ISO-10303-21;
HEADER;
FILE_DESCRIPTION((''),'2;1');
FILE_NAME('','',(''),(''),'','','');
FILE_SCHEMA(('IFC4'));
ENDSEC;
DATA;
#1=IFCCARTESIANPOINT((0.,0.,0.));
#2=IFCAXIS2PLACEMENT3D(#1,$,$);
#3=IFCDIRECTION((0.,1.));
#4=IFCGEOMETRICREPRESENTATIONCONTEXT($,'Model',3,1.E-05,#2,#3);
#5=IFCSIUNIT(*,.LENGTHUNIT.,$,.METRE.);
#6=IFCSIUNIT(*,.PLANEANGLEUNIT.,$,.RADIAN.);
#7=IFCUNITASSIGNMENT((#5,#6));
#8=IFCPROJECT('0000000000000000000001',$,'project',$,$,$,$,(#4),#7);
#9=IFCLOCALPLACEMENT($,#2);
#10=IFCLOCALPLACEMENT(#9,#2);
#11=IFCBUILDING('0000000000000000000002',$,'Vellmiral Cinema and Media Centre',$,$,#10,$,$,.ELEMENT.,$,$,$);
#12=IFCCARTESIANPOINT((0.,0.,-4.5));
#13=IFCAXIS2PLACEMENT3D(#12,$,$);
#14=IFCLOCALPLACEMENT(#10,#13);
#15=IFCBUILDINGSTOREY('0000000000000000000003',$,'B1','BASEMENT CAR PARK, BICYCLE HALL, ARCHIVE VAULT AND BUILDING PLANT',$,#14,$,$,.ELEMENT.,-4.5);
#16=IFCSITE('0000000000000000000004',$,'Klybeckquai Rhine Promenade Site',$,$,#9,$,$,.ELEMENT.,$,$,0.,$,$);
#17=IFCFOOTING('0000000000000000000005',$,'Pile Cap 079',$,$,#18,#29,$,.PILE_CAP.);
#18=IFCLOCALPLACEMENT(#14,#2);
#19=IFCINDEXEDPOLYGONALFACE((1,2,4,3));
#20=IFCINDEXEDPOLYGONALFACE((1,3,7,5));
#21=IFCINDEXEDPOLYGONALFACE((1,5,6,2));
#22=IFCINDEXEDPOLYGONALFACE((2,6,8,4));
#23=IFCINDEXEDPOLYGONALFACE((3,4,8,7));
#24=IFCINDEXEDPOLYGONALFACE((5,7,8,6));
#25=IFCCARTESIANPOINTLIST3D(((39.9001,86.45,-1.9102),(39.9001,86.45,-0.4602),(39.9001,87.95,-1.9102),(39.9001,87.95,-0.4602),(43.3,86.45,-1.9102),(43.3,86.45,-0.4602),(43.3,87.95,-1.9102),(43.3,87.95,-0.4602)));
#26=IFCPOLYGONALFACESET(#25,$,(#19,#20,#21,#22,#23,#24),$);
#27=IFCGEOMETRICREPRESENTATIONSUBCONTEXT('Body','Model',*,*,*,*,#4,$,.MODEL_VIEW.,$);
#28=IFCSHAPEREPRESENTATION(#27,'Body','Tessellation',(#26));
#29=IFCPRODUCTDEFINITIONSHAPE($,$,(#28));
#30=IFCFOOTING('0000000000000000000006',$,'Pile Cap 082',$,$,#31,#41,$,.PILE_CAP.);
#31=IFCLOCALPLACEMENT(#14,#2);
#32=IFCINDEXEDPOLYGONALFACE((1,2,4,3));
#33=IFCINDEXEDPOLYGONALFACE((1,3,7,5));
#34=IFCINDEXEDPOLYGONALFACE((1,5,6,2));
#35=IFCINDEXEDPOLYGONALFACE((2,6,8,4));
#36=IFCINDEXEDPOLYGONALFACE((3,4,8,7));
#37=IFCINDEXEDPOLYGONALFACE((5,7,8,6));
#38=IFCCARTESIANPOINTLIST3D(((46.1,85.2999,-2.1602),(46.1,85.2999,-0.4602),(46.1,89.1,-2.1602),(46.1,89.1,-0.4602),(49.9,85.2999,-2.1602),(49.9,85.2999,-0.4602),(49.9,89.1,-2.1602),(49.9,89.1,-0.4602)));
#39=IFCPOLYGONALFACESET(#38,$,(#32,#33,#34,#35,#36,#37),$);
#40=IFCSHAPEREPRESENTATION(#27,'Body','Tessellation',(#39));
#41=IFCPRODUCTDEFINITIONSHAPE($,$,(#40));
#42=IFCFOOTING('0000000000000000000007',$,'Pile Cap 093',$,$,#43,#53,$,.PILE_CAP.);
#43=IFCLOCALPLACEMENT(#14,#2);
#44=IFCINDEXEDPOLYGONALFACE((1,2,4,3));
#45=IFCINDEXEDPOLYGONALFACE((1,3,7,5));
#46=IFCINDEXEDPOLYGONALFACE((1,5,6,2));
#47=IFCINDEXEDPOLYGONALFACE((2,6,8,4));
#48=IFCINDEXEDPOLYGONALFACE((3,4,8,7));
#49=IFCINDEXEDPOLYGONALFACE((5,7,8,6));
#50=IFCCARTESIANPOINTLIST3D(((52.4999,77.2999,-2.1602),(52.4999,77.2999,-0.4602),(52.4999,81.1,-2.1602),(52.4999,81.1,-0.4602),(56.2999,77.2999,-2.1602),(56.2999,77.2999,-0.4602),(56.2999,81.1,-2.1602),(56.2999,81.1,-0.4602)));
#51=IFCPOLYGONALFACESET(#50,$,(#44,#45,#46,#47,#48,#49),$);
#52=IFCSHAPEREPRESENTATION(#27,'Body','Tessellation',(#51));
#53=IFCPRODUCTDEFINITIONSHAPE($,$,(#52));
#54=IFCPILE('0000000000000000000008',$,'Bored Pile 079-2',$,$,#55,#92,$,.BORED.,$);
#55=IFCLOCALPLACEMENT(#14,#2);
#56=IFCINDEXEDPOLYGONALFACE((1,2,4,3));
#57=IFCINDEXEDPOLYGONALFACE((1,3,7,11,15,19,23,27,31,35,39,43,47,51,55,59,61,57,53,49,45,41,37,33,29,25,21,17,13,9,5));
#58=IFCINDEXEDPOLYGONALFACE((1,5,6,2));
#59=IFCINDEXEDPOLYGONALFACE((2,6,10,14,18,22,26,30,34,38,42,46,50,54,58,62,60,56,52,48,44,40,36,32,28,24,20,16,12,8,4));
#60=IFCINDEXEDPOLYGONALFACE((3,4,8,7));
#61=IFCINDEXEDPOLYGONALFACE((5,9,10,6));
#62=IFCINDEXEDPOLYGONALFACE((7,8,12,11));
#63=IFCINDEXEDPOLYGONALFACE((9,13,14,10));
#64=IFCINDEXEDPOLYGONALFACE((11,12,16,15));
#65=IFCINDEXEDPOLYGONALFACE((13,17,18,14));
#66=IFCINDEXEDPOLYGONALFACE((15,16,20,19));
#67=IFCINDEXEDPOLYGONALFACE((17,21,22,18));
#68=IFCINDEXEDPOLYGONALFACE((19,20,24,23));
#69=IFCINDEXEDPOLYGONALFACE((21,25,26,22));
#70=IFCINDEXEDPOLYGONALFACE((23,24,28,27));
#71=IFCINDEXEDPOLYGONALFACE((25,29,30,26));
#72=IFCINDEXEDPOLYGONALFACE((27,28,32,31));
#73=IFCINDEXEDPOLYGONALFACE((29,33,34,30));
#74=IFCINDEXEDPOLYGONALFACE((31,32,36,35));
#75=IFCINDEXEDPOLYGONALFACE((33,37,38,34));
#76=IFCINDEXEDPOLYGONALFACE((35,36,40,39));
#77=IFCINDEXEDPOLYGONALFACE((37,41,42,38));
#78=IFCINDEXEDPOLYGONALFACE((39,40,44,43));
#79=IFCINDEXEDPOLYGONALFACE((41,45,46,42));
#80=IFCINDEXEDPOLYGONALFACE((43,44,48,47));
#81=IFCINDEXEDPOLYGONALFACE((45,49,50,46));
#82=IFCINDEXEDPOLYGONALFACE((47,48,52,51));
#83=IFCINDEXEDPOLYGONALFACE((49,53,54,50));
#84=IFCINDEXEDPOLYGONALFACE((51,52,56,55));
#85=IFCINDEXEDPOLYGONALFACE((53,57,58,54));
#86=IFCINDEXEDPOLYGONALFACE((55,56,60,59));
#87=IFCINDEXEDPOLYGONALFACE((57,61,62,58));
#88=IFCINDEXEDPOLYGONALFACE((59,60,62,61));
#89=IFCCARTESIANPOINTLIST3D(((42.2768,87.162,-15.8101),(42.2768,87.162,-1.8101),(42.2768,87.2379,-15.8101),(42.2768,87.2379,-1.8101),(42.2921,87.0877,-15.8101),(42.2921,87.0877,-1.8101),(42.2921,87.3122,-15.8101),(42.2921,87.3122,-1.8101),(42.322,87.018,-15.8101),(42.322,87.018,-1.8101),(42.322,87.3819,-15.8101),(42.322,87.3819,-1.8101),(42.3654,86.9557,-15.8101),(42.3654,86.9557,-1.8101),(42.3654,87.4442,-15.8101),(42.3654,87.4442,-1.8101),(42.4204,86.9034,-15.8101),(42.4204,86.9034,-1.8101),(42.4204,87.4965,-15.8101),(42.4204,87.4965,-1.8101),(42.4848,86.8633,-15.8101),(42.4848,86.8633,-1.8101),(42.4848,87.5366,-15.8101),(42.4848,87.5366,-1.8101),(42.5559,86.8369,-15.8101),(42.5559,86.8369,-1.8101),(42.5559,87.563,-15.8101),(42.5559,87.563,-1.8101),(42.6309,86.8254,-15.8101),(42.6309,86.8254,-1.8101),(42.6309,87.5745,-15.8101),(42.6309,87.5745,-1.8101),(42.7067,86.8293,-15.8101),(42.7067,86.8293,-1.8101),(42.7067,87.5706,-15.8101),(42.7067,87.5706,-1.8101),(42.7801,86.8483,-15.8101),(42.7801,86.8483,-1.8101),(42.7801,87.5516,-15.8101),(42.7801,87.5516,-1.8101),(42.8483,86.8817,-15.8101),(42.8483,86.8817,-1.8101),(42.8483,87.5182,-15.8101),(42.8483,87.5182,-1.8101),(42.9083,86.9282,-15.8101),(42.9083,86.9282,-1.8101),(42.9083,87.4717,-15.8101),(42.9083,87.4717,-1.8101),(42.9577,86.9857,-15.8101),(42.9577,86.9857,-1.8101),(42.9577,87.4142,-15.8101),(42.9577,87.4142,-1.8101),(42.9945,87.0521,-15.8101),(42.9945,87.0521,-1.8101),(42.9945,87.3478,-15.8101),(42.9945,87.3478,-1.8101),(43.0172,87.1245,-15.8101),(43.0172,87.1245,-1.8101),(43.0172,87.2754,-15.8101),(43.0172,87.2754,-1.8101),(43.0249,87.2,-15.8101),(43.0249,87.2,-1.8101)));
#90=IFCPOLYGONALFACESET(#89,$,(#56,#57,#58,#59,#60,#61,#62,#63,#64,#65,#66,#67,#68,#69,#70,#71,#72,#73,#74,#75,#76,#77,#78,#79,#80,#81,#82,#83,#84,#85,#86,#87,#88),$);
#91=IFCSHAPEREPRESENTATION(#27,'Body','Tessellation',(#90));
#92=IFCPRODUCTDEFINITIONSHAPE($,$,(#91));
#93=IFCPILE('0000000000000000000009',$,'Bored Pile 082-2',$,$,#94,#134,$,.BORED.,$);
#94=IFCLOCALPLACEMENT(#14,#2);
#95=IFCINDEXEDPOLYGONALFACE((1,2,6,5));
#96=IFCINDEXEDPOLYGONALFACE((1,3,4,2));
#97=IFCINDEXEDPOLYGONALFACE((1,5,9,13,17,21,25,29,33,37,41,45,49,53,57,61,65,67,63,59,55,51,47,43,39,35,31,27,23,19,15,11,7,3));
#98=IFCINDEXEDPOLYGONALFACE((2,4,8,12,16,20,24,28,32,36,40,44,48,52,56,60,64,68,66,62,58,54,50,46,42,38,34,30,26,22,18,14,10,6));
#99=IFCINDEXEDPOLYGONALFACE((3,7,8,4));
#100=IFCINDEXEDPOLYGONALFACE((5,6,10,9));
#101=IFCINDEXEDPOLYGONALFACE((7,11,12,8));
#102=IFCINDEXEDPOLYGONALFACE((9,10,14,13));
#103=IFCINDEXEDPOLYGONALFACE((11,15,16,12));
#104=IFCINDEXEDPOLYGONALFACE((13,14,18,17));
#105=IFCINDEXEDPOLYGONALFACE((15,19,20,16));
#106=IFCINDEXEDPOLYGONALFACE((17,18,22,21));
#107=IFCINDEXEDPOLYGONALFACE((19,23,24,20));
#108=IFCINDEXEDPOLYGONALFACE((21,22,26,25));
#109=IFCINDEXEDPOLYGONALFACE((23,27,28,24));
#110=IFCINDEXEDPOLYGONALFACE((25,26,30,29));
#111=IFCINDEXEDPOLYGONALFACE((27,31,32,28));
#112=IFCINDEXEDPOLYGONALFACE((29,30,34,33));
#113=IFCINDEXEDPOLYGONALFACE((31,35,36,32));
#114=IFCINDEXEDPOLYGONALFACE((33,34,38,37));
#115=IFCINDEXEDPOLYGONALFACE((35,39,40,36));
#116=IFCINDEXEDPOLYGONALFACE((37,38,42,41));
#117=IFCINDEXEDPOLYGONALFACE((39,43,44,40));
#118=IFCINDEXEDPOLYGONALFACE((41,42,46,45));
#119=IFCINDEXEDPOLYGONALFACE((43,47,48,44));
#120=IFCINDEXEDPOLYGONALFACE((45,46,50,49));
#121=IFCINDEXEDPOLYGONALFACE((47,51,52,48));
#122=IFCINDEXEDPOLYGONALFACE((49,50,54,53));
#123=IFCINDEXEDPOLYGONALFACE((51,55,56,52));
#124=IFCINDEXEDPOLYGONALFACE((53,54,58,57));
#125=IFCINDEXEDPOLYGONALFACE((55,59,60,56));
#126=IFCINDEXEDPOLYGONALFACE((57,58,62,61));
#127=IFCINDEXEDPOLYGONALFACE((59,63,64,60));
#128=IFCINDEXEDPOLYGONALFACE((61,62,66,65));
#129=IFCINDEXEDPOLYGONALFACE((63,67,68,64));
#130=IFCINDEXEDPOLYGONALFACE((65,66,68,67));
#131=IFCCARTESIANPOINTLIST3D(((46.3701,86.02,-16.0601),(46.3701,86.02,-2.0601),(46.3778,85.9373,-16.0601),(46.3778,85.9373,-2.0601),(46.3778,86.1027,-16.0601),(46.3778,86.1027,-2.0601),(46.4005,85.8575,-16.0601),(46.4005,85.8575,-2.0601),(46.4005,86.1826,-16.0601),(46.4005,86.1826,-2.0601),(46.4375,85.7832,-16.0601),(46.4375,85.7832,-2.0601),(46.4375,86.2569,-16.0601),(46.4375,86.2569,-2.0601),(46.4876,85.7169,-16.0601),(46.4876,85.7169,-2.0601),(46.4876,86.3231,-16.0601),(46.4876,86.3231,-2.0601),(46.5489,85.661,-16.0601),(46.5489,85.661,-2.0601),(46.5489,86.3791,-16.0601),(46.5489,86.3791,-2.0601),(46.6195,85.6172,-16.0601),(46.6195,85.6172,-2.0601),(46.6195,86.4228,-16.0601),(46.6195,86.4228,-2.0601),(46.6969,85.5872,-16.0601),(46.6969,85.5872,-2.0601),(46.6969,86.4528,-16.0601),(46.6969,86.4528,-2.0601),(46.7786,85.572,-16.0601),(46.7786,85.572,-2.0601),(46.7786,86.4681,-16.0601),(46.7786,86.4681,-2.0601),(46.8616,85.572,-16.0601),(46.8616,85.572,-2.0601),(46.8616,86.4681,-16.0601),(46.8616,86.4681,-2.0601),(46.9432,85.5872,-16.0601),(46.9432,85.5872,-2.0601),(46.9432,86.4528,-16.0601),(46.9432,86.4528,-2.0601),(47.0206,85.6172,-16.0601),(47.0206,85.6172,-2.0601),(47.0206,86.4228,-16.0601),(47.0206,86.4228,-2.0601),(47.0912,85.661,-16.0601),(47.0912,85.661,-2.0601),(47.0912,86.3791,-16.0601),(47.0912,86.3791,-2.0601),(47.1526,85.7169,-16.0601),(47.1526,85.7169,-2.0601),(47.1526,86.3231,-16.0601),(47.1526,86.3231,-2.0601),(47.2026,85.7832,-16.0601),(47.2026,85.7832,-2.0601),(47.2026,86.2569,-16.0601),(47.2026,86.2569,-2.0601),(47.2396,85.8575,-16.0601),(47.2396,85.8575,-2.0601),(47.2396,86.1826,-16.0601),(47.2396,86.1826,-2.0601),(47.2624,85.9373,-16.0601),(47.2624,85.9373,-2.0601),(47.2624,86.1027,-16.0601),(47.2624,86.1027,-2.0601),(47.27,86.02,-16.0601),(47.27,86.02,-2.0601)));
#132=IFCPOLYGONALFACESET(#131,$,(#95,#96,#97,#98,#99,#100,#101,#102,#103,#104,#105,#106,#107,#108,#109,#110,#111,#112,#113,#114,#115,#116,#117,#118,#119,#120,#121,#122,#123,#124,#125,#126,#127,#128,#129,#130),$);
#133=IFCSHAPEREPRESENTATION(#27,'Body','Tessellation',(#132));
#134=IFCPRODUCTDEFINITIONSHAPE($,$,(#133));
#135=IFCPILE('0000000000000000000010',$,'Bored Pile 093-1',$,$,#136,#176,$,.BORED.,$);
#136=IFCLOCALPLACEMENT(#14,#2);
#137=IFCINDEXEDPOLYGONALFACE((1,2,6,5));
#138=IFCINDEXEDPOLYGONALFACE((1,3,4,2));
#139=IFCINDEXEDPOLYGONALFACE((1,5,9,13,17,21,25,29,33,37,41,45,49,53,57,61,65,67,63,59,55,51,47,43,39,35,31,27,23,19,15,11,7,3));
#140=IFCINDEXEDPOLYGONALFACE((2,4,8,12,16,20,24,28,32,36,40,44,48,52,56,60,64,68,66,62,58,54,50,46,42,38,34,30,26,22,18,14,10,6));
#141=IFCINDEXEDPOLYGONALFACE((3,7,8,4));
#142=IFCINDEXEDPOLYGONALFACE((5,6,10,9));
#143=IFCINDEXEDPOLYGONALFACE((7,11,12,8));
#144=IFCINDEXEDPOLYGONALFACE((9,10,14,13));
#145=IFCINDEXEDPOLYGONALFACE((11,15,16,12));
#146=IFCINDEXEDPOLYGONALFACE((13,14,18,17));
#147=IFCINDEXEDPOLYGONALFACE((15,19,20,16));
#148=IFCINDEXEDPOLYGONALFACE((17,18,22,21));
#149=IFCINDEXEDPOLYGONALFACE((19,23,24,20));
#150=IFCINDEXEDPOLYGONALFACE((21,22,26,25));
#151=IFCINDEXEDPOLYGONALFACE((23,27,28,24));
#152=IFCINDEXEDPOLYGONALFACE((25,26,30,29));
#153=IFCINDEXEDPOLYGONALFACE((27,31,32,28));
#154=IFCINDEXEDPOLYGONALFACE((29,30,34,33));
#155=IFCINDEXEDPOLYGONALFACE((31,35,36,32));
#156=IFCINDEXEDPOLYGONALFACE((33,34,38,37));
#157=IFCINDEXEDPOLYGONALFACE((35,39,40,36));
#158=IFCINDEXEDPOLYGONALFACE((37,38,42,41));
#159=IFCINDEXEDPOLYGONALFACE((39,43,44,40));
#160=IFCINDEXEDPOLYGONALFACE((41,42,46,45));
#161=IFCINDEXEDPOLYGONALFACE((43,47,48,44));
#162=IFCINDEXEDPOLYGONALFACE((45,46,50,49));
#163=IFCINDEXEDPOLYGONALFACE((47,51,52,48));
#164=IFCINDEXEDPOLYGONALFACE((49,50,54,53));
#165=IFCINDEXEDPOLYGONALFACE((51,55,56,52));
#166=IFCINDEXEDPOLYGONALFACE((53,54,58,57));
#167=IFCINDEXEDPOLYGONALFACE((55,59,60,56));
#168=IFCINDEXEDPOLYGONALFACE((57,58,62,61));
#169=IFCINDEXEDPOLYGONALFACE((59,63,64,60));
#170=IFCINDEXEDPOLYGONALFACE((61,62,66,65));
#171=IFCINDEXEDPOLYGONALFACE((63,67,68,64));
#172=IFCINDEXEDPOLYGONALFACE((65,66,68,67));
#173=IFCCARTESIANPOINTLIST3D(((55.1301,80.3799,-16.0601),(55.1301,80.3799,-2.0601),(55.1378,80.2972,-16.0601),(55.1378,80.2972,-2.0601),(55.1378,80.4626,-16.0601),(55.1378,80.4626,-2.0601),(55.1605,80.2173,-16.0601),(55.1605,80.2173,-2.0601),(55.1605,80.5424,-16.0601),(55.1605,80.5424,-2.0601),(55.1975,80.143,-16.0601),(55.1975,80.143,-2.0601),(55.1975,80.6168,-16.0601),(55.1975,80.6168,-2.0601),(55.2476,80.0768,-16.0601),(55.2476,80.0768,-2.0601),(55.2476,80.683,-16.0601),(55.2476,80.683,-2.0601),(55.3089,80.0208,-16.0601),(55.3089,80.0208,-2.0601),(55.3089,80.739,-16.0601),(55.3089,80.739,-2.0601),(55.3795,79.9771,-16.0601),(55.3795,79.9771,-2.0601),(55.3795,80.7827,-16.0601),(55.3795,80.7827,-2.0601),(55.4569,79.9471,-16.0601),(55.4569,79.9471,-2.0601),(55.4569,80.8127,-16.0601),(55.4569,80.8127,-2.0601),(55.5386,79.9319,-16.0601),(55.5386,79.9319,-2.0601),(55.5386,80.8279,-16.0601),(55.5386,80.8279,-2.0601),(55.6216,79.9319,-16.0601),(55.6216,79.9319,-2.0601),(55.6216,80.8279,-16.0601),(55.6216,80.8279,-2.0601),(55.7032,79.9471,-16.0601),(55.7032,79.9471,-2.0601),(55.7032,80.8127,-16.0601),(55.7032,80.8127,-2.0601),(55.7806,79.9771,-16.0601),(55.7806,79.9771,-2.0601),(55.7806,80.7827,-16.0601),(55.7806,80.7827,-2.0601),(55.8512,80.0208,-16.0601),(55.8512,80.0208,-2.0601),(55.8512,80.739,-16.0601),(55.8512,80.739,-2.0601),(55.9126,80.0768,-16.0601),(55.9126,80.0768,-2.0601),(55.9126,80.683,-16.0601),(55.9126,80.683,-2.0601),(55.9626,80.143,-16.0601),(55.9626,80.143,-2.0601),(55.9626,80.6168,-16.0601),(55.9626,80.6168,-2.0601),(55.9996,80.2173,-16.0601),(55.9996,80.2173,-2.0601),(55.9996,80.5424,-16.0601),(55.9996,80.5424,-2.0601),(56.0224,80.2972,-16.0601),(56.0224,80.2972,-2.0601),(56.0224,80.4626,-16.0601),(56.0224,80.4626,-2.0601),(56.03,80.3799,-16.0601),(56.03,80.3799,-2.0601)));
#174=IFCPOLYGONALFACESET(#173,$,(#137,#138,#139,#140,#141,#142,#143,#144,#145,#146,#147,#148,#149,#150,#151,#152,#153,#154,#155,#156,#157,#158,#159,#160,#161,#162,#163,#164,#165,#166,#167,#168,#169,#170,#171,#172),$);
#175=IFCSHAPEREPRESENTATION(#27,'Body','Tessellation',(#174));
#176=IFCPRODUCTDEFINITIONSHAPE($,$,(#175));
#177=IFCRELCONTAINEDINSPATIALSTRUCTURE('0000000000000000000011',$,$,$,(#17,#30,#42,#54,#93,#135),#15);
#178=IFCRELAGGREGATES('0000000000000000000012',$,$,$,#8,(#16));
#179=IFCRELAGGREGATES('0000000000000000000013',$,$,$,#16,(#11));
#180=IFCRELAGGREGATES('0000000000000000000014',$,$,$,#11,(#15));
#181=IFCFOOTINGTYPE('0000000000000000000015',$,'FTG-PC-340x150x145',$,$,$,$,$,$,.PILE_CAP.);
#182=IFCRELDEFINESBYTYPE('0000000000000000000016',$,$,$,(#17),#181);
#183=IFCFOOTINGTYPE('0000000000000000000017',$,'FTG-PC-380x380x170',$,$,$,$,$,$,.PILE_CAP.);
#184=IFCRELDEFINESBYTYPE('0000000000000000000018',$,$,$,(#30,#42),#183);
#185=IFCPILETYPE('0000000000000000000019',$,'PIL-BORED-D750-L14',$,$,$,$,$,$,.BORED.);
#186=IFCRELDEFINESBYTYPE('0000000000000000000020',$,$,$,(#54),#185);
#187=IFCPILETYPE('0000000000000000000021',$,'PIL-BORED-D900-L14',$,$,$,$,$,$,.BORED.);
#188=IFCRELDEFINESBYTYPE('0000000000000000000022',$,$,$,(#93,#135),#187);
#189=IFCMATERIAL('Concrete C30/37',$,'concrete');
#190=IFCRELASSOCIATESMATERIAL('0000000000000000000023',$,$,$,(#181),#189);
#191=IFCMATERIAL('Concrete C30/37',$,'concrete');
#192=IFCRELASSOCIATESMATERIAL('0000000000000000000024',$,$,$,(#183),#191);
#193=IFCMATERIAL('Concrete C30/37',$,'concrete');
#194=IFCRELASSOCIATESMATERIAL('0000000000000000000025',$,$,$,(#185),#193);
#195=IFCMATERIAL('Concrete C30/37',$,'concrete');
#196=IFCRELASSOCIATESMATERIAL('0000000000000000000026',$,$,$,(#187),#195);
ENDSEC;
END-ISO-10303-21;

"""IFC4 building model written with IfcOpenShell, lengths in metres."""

from ifc_helpers import new_model, si_unit, direction, frame, origin, origin_2d, place, context, subcontext, project, spatial, rectangle, circle, extrude, material, material_profile, profile_set, type_object, element, save


model = new_model("IFC4")

# Units and contexts
model_context = context("Model", 3, precision=1e-05, world=origin(), true_north=direction((0.0, 1.0)))
body_context = subcontext(model_context, "Body", "Model", "MODEL_VIEW")
ifc_project = project(units=[si_unit("LENGTHUNIT", "METRE"), si_unit("PLANEANGLEUNIT", "RADIAN")], contexts=[model_context])

# Site, building, storey
site_placement = place(None, origin())
site = spatial("IfcSite", under=ifc_project, at=site_placement, Name="Klybeckquai Rhine Promenade Site", CompositionType="ELEMENT", RefElevation=0.0)
building_placement = place(site_placement, origin())
building = spatial("IfcBuilding", under=site, at=building_placement, Name="Vellmiral Cinema and Media Centre", CompositionType="ELEMENT")
storey_placement = place(building_placement, frame((0.0, 0.0, -4.5)))
storey = spatial("IfcBuildingStorey", under=building, at=storey_placement, Name="B1", Description="BASEMENT CAR PARK, BICYCLE HALL, ARCHIVE VAULT AND BUILDING PLANT", CompositionType="ELEMENT", Elevation=-4.5)

# Footings
ifc_material_1 = material(Name="Concrete C30/37", Category="concrete")
footing_type_1 = type_object("IfcFootingType", Name="FTG-PC-340x150x145", PredefinedType="PILE_CAP", material=ifc_material_1)
footing_placement = place(storey_placement, frame((41.6001, 87.2, -1.9102), z_axis=(0.0, 0.0, 1.0), x_axis=(1.0, 0.0, 0.0)))
element("IfcFooting", 1, at=footing_placement, inside=storey, type_object=footing_type_1, Name="Pile Cap 079", PredefinedType="PILE_CAP", context=body_context, shape_type="SweptSolid", body=[
    extrude(rectangle(XDim=3.3999, YDim=1.5, at=origin_2d()), origin(), (0.0, 0.0, 1.0), 1.45),
])
ifc_material_2 = material(Name="Concrete C30/37", Category="concrete")
footing_type_2 = type_object("IfcFootingType", Name="FTG-PC-380x380x170", PredefinedType="PILE_CAP", material=ifc_material_2)
for number, where, z_axis, x_axis, name in (
    (2, (48.0, 87.2, -2.1602), (0.0, 0.0, 1.0), (1.0, 0.0, 0.0), "Pile Cap 082"),
    (3, (54.3999, 79.2, -2.1602), (0.0, 0.0, 1.0), (1.0, 0.0, 0.0), "Pile Cap 093"),
):
    element("IfcFooting", number, at=place(storey_placement, frame(where, z_axis=z_axis, x_axis=x_axis)), inside=storey, type_object=footing_type_2, Name=name, PredefinedType="PILE_CAP", context=body_context, shape_type="SweptSolid", body=[
        extrude(rectangle(XDim=3.8, YDim=3.8, at=origin_2d()), origin(), (0.0, 0.0, 1.0), 1.7),
    ])

# Piles
ifc_material_3 = material(Name="Concrete C30/37", Category="concrete")
ifc_material_profile_1 = material_profile(ifc_material_3, circle(Radius=0.375, at=origin_2d()), Name="PILE D750")
ifc_profile_set_1 = profile_set([ifc_material_profile_1], Name="Concrete C30/37")
pile_type_1 = type_object("IfcPileType", Name="PIL-BORED-D750-L14", PredefinedType="BORED", material=ifc_profile_set_1)
pile_placement = place(storey_placement, frame((42.6499, 87.2, -1.8101), z_axis=(0.0, 0.0, -1.0), x_axis=(1.0, 0.0, 0.0)))
element("IfcPile", 4, at=pile_placement, inside=storey, type_object=pile_type_1, Name="Bored Pile 079-2", PredefinedType="BORED", context=body_context, shape_type="SweptSolid", body=[
    extrude(circle(Radius=0.375, at=origin_2d()), origin(), (0.0, 0.0, 1.0), 14.0),
])
ifc_material_4 = material(Name="Concrete C30/37", Category="concrete")
ifc_material_profile_2 = material_profile(ifc_material_4, circle(Radius=0.45, at=origin_2d()), Name="PILE D900")
ifc_profile_set_2 = profile_set([ifc_material_profile_2], Name="Concrete C30/37")
pile_type_2 = type_object("IfcPileType", Name="PIL-BORED-D900-L14", PredefinedType="BORED", material=ifc_profile_set_2)
for number, where, z_axis, x_axis, name in (
    (5, (46.8201, 86.02, -2.0601), (0.0, 0.0, -1.0), (1.0, 0.0, 0.0), "Bored Pile 082-2"),
    (6, (55.5801, 80.3799, -2.0601), (0.0, 0.0, -1.0), (1.0, 0.0, 0.0), "Bored Pile 093-1"),
):
    element("IfcPile", number, at=place(storey_placement, frame(where, z_axis=z_axis, x_axis=x_axis)), inside=storey, type_object=pile_type_2, Name=name, PredefinedType="BORED", context=body_context, shape_type="SweptSolid", body=[
        extrude(circle(Radius=0.45, at=origin_2d()), origin(), (0.0, 0.0, 1.0), 14.0),
    ])

save(model, "model.ifc")
